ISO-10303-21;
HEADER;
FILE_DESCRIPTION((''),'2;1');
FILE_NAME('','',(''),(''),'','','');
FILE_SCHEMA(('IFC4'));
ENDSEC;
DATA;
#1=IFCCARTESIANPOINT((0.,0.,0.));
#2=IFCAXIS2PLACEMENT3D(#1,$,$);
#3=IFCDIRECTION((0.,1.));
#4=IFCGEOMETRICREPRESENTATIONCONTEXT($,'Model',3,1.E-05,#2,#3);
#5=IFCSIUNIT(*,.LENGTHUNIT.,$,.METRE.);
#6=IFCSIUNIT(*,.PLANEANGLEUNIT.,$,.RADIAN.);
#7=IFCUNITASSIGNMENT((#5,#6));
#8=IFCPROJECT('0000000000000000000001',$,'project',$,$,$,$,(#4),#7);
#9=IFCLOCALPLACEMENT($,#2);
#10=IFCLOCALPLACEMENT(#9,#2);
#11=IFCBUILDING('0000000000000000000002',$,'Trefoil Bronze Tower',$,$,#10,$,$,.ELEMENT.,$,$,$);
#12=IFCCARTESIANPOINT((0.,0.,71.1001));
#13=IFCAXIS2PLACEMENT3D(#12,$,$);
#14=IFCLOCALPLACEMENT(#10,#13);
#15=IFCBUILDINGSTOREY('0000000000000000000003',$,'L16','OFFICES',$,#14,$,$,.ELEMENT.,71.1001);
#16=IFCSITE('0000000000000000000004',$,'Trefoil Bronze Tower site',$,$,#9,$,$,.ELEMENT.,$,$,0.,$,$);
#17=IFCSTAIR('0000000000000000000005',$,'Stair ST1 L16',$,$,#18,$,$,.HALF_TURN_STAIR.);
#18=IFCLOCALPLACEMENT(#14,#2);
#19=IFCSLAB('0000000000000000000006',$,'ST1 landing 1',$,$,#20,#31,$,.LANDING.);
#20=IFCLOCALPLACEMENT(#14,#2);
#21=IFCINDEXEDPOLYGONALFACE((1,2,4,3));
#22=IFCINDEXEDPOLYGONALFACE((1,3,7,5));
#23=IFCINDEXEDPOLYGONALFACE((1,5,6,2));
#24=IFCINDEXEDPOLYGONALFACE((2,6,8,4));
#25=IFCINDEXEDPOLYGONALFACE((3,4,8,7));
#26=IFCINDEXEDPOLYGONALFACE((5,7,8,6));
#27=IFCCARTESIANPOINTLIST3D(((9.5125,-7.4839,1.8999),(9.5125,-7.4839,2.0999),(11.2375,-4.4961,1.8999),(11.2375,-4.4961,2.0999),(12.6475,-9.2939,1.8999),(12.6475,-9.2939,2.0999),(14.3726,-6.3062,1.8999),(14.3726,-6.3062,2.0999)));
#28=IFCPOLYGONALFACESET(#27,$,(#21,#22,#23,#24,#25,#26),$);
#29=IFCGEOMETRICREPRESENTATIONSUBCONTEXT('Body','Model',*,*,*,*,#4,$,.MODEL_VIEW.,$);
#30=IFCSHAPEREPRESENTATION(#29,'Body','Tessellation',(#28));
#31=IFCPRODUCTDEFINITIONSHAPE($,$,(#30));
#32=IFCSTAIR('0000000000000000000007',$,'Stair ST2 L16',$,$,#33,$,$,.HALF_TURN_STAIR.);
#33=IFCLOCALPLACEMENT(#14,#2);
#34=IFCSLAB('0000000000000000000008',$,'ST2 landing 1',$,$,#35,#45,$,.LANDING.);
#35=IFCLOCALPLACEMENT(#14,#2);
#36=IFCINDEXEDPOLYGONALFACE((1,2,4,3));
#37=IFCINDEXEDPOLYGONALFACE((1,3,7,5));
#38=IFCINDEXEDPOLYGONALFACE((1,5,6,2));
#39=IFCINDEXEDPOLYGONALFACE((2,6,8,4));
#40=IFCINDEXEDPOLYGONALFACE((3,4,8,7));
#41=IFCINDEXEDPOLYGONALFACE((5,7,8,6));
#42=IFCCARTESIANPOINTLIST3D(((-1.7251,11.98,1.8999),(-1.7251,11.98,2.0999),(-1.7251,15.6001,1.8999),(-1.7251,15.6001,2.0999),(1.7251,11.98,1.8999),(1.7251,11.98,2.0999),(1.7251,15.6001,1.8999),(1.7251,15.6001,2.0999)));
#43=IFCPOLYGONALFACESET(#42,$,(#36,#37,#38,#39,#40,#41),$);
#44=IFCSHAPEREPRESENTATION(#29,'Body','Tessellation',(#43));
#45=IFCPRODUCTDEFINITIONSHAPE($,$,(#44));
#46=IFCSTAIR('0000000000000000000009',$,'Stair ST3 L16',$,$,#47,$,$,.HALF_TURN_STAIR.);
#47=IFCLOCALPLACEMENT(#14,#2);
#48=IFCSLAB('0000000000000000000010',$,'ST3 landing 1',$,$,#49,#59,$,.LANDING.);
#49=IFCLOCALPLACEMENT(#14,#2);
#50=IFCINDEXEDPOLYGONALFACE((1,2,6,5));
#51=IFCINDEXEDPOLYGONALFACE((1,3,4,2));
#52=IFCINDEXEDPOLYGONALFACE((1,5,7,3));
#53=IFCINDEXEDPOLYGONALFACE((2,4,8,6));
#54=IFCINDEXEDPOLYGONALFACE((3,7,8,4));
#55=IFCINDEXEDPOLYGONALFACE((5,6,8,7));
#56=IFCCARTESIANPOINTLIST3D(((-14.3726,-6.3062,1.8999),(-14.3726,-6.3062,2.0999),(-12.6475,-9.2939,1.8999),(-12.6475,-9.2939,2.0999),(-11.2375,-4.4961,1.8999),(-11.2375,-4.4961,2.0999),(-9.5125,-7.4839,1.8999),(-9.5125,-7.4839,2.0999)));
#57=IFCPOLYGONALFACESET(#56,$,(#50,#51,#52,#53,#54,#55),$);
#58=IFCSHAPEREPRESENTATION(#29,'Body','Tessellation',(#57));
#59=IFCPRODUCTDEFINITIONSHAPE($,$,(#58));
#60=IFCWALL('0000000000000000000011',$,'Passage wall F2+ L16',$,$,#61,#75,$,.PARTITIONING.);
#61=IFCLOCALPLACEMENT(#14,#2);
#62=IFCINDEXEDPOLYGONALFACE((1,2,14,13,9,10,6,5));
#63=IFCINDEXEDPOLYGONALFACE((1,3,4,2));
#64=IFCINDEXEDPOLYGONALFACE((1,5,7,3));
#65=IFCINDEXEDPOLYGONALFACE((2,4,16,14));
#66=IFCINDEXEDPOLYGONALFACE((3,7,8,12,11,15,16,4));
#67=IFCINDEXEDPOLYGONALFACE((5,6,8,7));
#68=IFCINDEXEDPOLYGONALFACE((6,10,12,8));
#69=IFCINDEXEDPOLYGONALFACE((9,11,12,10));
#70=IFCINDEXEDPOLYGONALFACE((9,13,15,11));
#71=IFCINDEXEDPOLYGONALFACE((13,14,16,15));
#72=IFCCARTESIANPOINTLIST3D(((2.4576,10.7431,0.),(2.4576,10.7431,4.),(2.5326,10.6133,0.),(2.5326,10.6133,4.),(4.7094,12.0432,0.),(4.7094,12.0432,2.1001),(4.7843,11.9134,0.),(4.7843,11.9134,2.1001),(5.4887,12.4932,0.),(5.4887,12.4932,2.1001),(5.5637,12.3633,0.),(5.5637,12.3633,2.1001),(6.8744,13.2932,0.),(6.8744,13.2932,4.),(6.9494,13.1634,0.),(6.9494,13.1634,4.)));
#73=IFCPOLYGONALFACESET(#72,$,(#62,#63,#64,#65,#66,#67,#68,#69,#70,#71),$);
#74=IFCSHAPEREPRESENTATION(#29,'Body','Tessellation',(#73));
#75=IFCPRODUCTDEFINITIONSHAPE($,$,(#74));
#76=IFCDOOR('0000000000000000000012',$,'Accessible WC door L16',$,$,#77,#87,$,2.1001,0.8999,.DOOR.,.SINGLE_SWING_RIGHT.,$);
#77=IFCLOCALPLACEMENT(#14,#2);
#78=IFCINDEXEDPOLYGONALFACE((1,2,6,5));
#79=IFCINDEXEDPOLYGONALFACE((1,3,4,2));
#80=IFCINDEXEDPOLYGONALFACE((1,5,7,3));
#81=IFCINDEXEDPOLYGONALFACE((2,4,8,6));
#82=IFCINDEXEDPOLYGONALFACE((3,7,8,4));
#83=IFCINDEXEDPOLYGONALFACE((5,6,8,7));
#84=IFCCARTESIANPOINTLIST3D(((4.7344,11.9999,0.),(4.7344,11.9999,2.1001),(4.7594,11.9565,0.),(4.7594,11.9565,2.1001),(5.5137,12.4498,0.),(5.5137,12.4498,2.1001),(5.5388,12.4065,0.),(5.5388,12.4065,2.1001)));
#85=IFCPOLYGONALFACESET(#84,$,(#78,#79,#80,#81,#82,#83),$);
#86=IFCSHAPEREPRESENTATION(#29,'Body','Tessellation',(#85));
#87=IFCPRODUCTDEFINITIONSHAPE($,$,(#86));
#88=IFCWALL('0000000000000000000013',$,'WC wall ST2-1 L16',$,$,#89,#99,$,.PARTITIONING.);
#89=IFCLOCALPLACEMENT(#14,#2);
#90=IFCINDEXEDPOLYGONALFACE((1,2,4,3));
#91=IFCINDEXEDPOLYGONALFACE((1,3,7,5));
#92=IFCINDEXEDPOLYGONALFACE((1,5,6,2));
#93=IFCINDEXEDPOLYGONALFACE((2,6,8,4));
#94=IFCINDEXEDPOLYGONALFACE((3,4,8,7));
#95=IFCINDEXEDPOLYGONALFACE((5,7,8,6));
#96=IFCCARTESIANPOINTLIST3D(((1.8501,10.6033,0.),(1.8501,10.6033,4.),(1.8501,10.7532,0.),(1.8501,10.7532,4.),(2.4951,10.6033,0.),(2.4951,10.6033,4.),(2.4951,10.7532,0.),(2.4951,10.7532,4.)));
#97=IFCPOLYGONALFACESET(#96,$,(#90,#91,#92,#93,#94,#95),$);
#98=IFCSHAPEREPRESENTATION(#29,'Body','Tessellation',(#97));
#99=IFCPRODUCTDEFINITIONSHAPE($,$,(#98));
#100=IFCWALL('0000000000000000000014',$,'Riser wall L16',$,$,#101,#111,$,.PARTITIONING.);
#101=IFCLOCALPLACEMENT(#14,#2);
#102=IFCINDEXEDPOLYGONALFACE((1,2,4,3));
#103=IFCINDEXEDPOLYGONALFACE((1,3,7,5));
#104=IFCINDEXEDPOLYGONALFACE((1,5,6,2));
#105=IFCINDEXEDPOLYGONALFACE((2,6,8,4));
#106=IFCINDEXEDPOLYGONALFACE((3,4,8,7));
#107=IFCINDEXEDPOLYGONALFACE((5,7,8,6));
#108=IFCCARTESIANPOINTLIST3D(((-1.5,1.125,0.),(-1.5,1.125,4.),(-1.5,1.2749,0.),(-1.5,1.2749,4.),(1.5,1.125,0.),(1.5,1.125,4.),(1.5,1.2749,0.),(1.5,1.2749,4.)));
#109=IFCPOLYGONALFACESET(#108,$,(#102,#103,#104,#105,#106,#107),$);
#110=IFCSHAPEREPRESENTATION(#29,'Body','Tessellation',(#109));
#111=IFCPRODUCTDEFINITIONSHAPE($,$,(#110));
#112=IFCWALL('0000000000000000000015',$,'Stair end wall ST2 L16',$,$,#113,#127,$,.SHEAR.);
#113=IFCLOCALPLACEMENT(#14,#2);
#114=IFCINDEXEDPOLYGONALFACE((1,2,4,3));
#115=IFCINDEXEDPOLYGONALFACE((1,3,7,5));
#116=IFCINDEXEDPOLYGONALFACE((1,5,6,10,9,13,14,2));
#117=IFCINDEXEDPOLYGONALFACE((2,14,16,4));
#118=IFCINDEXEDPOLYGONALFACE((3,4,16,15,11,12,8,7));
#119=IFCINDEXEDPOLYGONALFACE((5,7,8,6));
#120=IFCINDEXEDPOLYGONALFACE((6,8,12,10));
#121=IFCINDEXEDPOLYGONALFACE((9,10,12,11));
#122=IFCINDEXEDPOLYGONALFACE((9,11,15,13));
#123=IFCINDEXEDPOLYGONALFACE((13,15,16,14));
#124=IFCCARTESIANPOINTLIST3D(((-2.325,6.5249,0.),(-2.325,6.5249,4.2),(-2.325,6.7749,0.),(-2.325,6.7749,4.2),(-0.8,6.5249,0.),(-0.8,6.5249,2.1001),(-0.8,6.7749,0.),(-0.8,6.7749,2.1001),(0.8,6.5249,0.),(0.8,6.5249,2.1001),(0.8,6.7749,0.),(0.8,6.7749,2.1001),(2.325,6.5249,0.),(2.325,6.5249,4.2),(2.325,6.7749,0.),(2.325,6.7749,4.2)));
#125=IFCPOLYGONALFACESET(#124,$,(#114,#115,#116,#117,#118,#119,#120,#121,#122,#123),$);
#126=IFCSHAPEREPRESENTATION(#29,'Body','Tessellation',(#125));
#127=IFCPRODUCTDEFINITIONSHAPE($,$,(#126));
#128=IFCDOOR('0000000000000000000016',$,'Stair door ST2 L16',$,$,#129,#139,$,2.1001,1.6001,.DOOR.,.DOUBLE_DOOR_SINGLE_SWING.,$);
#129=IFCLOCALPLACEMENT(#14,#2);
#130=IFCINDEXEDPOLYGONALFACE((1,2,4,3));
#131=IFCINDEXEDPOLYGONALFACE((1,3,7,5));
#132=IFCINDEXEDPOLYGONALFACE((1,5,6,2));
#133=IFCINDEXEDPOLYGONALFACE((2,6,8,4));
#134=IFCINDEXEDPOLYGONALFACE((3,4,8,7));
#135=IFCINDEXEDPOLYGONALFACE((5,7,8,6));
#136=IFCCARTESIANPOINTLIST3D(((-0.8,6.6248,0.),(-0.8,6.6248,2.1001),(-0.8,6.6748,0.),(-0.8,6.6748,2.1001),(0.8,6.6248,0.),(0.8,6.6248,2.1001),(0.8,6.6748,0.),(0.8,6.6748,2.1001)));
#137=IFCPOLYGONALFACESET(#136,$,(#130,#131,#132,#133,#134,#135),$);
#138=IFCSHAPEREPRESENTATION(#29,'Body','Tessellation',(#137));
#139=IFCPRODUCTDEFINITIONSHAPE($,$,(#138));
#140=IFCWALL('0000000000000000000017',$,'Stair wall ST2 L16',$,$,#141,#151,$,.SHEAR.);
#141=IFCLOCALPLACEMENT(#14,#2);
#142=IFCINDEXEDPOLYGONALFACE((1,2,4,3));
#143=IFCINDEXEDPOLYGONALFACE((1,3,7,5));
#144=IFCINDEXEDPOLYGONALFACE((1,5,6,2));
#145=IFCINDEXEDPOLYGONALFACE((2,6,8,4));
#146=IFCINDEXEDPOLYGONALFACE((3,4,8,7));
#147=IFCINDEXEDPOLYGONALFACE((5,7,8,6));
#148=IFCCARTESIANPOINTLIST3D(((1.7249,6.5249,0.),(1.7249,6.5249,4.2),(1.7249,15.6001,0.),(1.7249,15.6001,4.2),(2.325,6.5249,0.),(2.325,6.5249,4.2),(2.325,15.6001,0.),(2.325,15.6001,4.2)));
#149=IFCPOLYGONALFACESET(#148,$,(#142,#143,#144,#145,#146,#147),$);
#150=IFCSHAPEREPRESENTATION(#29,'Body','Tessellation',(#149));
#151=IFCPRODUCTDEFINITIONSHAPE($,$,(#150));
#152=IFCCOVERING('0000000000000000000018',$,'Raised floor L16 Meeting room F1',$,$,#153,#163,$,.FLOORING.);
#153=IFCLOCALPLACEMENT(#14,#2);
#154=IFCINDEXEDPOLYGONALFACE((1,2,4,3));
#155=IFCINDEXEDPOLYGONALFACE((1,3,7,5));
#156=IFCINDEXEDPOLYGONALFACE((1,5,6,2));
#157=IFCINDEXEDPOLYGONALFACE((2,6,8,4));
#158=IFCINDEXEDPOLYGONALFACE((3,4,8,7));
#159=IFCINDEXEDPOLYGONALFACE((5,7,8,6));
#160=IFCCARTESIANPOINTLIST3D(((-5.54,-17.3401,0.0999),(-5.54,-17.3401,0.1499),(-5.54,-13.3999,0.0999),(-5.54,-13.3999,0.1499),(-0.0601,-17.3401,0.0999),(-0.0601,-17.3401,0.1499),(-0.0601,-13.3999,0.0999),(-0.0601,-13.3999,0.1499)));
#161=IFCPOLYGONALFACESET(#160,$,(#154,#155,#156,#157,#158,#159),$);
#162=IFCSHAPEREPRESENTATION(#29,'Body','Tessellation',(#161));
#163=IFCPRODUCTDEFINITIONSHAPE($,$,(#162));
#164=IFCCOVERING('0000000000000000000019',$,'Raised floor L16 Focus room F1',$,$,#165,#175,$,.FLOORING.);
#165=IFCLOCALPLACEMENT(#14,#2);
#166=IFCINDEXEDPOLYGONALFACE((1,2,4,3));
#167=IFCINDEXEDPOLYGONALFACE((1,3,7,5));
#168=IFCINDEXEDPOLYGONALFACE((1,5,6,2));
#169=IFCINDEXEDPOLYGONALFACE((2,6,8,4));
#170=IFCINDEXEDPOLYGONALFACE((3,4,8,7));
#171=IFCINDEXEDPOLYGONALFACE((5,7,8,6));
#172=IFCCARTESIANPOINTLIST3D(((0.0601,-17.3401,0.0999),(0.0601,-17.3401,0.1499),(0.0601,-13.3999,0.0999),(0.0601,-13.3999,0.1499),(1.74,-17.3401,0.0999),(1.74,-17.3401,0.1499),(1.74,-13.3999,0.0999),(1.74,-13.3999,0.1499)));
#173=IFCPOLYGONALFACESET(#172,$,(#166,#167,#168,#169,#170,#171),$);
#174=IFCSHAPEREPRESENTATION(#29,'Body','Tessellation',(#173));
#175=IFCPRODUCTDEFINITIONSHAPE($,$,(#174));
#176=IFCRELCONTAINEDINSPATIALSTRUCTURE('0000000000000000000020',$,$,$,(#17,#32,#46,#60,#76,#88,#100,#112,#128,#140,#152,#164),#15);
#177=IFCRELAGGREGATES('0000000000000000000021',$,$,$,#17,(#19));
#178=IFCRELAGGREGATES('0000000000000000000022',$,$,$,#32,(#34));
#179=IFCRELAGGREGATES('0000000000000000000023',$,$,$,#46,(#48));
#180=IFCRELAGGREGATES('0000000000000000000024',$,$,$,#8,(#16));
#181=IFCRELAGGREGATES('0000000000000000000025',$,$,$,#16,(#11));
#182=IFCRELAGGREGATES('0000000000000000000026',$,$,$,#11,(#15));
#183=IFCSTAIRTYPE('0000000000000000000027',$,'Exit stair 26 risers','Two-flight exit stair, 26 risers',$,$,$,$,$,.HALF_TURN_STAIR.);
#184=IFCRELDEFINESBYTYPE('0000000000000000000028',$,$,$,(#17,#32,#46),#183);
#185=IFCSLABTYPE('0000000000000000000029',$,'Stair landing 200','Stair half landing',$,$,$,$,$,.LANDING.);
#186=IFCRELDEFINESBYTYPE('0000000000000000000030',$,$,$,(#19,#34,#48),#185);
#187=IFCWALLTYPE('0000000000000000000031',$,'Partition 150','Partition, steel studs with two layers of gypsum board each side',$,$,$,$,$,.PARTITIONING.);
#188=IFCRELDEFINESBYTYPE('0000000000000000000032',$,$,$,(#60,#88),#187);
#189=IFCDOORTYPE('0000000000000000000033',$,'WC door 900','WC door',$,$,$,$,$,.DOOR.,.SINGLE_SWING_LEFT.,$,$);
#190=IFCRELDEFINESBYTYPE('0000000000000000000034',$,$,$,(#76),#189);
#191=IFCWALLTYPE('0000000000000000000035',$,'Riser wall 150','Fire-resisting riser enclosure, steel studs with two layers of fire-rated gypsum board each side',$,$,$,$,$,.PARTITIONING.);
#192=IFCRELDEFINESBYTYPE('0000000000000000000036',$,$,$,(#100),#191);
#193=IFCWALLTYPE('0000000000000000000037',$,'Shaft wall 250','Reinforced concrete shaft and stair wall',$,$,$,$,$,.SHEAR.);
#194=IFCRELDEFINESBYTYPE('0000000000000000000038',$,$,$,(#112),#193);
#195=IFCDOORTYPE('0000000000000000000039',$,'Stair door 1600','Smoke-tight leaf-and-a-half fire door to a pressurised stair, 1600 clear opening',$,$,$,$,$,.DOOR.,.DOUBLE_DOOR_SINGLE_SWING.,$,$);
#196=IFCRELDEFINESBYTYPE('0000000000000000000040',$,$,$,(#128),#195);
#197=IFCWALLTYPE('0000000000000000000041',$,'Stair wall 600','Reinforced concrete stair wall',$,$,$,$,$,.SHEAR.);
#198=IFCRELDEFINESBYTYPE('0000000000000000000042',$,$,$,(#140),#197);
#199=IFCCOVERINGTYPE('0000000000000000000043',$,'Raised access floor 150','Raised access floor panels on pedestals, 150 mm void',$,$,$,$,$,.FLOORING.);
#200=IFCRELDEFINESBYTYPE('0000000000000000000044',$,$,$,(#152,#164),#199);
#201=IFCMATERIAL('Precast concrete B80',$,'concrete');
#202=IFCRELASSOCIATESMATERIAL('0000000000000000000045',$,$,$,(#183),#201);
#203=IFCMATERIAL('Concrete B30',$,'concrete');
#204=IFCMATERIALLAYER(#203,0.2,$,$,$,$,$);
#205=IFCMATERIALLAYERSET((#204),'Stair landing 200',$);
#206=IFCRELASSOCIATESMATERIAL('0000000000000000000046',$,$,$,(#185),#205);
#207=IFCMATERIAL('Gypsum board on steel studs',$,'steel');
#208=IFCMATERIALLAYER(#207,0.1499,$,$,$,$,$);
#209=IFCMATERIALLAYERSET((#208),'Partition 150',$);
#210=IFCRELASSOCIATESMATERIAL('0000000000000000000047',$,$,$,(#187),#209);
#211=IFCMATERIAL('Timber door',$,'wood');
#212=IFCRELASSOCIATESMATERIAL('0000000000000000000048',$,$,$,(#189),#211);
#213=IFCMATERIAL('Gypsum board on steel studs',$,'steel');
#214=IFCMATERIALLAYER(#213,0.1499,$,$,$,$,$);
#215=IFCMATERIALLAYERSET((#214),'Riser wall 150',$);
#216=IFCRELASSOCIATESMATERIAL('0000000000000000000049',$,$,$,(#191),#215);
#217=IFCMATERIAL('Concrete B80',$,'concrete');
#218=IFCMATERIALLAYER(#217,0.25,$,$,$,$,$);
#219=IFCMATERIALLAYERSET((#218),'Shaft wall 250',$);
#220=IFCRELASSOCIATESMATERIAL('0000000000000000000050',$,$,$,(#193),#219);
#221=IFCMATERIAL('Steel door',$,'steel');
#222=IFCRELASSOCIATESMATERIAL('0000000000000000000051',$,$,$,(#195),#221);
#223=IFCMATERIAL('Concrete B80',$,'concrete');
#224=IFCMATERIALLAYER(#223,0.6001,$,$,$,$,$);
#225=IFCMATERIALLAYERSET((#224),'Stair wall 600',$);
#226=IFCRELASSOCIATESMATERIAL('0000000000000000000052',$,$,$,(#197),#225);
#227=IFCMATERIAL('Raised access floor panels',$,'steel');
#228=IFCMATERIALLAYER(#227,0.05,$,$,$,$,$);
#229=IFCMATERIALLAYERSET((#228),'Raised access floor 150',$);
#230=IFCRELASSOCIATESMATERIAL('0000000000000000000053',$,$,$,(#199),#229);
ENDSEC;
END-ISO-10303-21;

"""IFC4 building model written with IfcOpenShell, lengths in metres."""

from ifc_helpers import new_model, si_unit, direction, frame, frame_2d, origin, place, context, subcontext, project, spatial, polyline, rectangle, outline, extrude, material, layer, layer_set, type_object, element, fill, aggregate, save


model = new_model("IFC4")

# Units and contexts
model_context = context("Model", 3, precision=1e-05, world=origin(), true_north=direction((0.0, 1.0)))
body_context = subcontext(model_context, "Body", "Model", "MODEL_VIEW")
ifc_project = project(units=[si_unit("LENGTHUNIT", "METRE"), si_unit("PLANEANGLEUNIT", "RADIAN")], contexts=[model_context])

# Site, building, storey
site_placement = place(None, origin())
site = spatial("IfcSite", under=ifc_project, at=site_placement, Name="Trefoil Bronze Tower site", CompositionType="ELEMENT", RefElevation=0.0)
building_placement = place(site_placement, origin())
building = spatial("IfcBuilding", under=site, at=building_placement, Name="Trefoil Bronze Tower", CompositionType="ELEMENT")
storey_placement = place(building_placement, frame((0.0, 0.0, 71.1001)))
storey = spatial("IfcBuildingStorey", under=building, at=storey_placement, Name="L16", Description="OFFICES", CompositionType="ELEMENT", Elevation=71.1001)

# Stairs, slabs
ifc_material_1 = material(Name="Precast concrete B80", Category="concrete")
stair_type = type_object("IfcStairType", Name="Exit stair 26 risers", Description="Two-flight exit stair, 26 risers", PredefinedType="HALF_TURN_STAIR", material=ifc_material_1)
stair_1_placement = place(storey_placement, origin())
stair_1 = element("IfcStair", 1, at=stair_1_placement, inside=storey, type_object=stair_type, Name="Stair ST1 L16", PredefinedType="HALF_TURN_STAIR")
ifc_material_2 = material(Name="Concrete B30", Category="concrete")
ifc_layer_1 = layer(ifc_material_2, 0.2)
ifc_layer_set_1 = layer_set([ifc_layer_1], Name="Stair landing 200")
slab_type = type_object("IfcSlabType", Name="Stair landing 200", Description="Stair half landing", PredefinedType="LANDING", material=ifc_layer_set_1)
slab_1_placement = place(storey_placement, frame((0.0, 0.0, 1.8999)))
slab_1 = element("IfcSlab", 2, at=slab_1_placement, type_object=slab_type, Name="ST1 landing 1", PredefinedType="LANDING", context=body_context, shape_type="SweptSolid", body=[
    extrude(outline(polyline([(9.5125, -7.4839), (12.6475, -9.2939), (14.3726, -6.3062), (11.2375, -4.4961), (9.5125, -7.4839)])), origin(), (0.0, 0.0, 1.0), 0.2),
])
aggregate(stair_1, [slab_1])
stair_2_placement = place(storey_placement, origin())
stair_2 = element("IfcStair", 3, at=stair_2_placement, inside=storey, type_object=stair_type, Name="Stair ST2 L16", PredefinedType="HALF_TURN_STAIR")
slab_2_placement = place(storey_placement, frame((0.0, 0.0, 1.8999)))
slab_2 = element("IfcSlab", 4, at=slab_2_placement, type_object=slab_type, Name="ST2 landing 1", PredefinedType="LANDING", context=body_context, shape_type="SweptSolid", body=[
    extrude(outline(polyline([(1.7251, 11.98), (1.7251, 15.6001), (-1.7251, 15.6001), (-1.7251, 11.98), (1.7251, 11.98)])), origin(), (0.0, 0.0, 1.0), 0.2),
])
aggregate(stair_2, [slab_2])
stair_3_placement = place(storey_placement, origin())
stair_3 = element("IfcStair", 5, at=stair_3_placement, inside=storey, type_object=stair_type, Name="Stair ST3 L16", PredefinedType="HALF_TURN_STAIR")
slab_3_placement = place(storey_placement, frame((0.0, 0.0, 1.8999)))
slab_3 = element("IfcSlab", 6, at=slab_3_placement, type_object=slab_type, Name="ST3 landing 1", PredefinedType="LANDING", context=body_context, shape_type="SweptSolid", body=[
    extrude(outline(polyline([(-11.2375, -4.4961), (-14.3726, -6.3062), (-12.6475, -9.2939), (-9.5125, -7.4839), (-11.2375, -4.4961)])), origin(), (0.0, 0.0, 1.0), 0.2),
])
aggregate(stair_3, [slab_3])

# Wall, opening, door
ifc_material_3 = material(Name="Gypsum board on steel studs", Category="steel")
ifc_layer_2 = layer(ifc_material_3, 0.1499)
ifc_layer_set_2 = layer_set([ifc_layer_2], Name="Partition 150")
wall_type_1 = type_object("IfcWallType", Name="Partition 150", Description="Partition, steel studs with two layers of gypsum board each side", PredefinedType="PARTITIONING", material=ifc_layer_set_2)
wall_1_placement = place(storey_placement, frame((2.4951, 10.6782, 0.0), z_axis=(0.0, 0.0, 1.0), x_axis=(0.866022, 0.500006, 0.0)))
wall_1 = element("IfcWall", 7, at=wall_1_placement, inside=storey, type_object=wall_type_1, Name="Passage wall F2+ L16", PredefinedType="PARTITIONING", context=body_context, shape_type="SweptSolid", body=[
    extrude(rectangle(XDim=5.1001, YDim=0.1499, at=frame_2d((2.55, 0.0))), origin(), (0.0, 0.0, 1.0), 4.0),
])
opening_1_placement = place(wall_1_placement, frame((2.6001, 0.0, 0.0)))
opening_1 = element("IfcOpeningElement", 8, at=opening_1_placement, cuts=wall_1, PredefinedType="OPENING", context=body_context, shape_type="SweptSolid", body=[
    extrude(rectangle(XDim=0.8999, YDim=2.1001, at=frame_2d((0.45, 1.05))), frame((0.0, 0.085, 0.0), z_axis=(0.0, -1.0, 0.0), x_axis=(1.0, 0.0, 0.0)), (0.0, 0.0, 1.0), 0.1699),
])
ifc_material_4 = material(Name="Timber door", Category="wood")
door_type_1 = type_object("IfcDoorType", Name="WC door 900", Description="WC door", OperationType="SINGLE_SWING_LEFT", PredefinedType="DOOR", material=ifc_material_4)
door_1_placement = place(opening_1_placement, origin())
door_1 = element("IfcDoor", 9, at=door_1_placement, inside=storey, type_object=door_type_1, Name="Accessible WC door L16", OperationType="SINGLE_SWING_RIGHT", OverallHeight=2.1001, OverallWidth=0.8999, PredefinedType="DOOR", context=body_context, shape_type="SweptSolid", body=[
    extrude(rectangle(XDim=0.8999, YDim=2.1001, at=frame_2d((0.45, 1.05))), frame((0.0, 0.0249, 0.0), z_axis=(0.0, -1.0, 0.0), x_axis=(1.0, 0.0, 0.0)), (0.0, 0.0, 1.0), 0.05),
])
fill(opening_1, door_1)

# Walls
wall_2_placement = place(storey_placement, frame((2.4951, 10.6782, 0.0), z_axis=(0.0, 0.0, 1.0), x_axis=(-1.0, 0.0, 0.0)))
element("IfcWall", 10, at=wall_2_placement, inside=storey, type_object=wall_type_1, Name="WC wall ST2-1 L16", PredefinedType="PARTITIONING", context=body_context, shape_type="SweptSolid", body=[
    extrude(rectangle(XDim=0.645, YDim=0.1499, at=frame_2d((0.3225, 0.0))), origin(), (0.0, 0.0, 1.0), 4.0),
])
ifc_material_5 = material(Name="Gypsum board on steel studs", Category="steel")
ifc_layer_3 = layer(ifc_material_5, 0.1499)
ifc_layer_set_3 = layer_set([ifc_layer_3], Name="Riser wall 150")
wall_type_2 = type_object("IfcWallType", Name="Riser wall 150", Description="Fire-resisting riser enclosure, steel studs with two layers of fire-rated gypsum board each side", PredefinedType="PARTITIONING", material=ifc_layer_set_3)
wall_3_placement = place(storey_placement, frame((1.5, 1.2, 0.0), z_axis=(0.0, 0.0, 1.0), x_axis=(-1.0, 0.0, 0.0)))
element("IfcWall", 11, at=wall_3_placement, inside=storey, type_object=wall_type_2, Name="Riser wall L16", PredefinedType="PARTITIONING", context=body_context, shape_type="SweptSolid", body=[
    extrude(rectangle(XDim=3.0, YDim=0.1499, at=frame_2d((1.5, 0.0))), origin(), (0.0, 0.0, 1.0), 4.0),
])

# Wall, opening, door
ifc_material_6 = material(Name="Concrete B80", Category="concrete")
ifc_layer_4 = layer(ifc_material_6, 0.25)
ifc_layer_set_4 = layer_set([ifc_layer_4], Name="Shaft wall 250")
wall_type_3 = type_object("IfcWallType", Name="Shaft wall 250", Description="Reinforced concrete shaft and stair wall", PredefinedType="SHEAR", material=ifc_layer_set_4)
wall_4_placement = place(storey_placement, frame((2.325, 6.6499, 0.0), z_axis=(0.0, 0.0, 1.0), x_axis=(-1.0, 0.0, 0.0)))
wall_4 = element("IfcWall", 12, at=wall_4_placement, inside=storey, type_object=wall_type_3, Name="Stair end wall ST2 L16", PredefinedType="SHEAR", context=body_context, shape_type="SweptSolid", body=[
    extrude(rectangle(XDim=4.6499, YDim=0.25, at=frame_2d((2.325, 0.0))), origin(), (0.0, 0.0, 1.0), 4.2),
])
opening_2_placement = place(wall_4_placement, frame((1.5249, 0.0, 0.0)))
opening_2 = element("IfcOpeningElement", 13, at=opening_2_placement, cuts=wall_4, PredefinedType="OPENING", context=body_context, shape_type="SweptSolid", body=[
    extrude(rectangle(XDim=1.6001, YDim=2.1001, at=frame_2d((0.8, 1.05))), frame((0.0, 0.135, 0.0), z_axis=(0.0, -1.0, 0.0), x_axis=(1.0, 0.0, 0.0)), (0.0, 0.0, 1.0), 0.27),
])
ifc_material_7 = material(Name="Steel door", Category="steel")
door_type_2 = type_object("IfcDoorType", Name="Stair door 1600", Description="Smoke-tight leaf-and-a-half fire door to a pressurised stair, 1600 clear opening", OperationType="DOUBLE_DOOR_SINGLE_SWING", PredefinedType="DOOR", material=ifc_material_7)
door_2_placement = place(opening_2_placement, frame((1.6001, 0.0, 0.0), z_axis=(0.0, 0.0, 1.0), x_axis=(-1.0, 0.0, 0.0)))
door_2 = element("IfcDoor", 14, at=door_2_placement, inside=storey, type_object=door_type_2, Name="Stair door ST2 L16", OperationType="DOUBLE_DOOR_SINGLE_SWING", OverallHeight=2.1001, OverallWidth=1.6001, PredefinedType="DOOR", context=body_context, shape_type="SweptSolid", body=[
    extrude(rectangle(XDim=1.6001, YDim=2.1001, at=frame_2d((0.8, 1.05))), frame((0.0, 0.0249, 0.0), z_axis=(0.0, -1.0, 0.0), x_axis=(1.0, 0.0, 0.0)), (0.0, 0.0, 1.0), 0.05),
])
fill(opening_2, door_2)

# Wall
ifc_material_8 = material(Name="Concrete B80", Category="concrete")
ifc_layer_5 = layer(ifc_material_8, 0.6001)
ifc_layer_set_5 = layer_set([ifc_layer_5], Name="Stair wall 600")
wall_type_4 = type_object("IfcWallType", Name="Stair wall 600", Description="Reinforced concrete stair wall", PredefinedType="SHEAR", material=ifc_layer_set_5)
wall_5_placement = place(storey_placement, frame((2.0249, 6.5249, 0.0), z_axis=(0.0, 0.0, 1.0), x_axis=(0.0, 1.0, 0.0)))
element("IfcWall", 15, at=wall_5_placement, inside=storey, type_object=wall_type_4, Name="Stair wall ST2 L16", PredefinedType="SHEAR", context=body_context, shape_type="SweptSolid", body=[
    extrude(rectangle(XDim=9.0752, YDim=0.6001, at=frame_2d((4.5376, 0.0))), origin(), (0.0, 0.0, 1.0), 4.2),
])

# Coverings
ifc_material_9 = material(Name="Raised access floor panels", Category="steel")
ifc_layer_6 = layer(ifc_material_9, 0.05)
ifc_layer_set_6 = layer_set([ifc_layer_6], Name="Raised access floor 150")
covering_type_1 = type_object("IfcCoveringType", Name="Raised access floor 150", Description="Raised access floor panels on pedestals, 150 mm void", PredefinedType="FLOORING", material=ifc_layer_set_6)
covering_1_placement = place(storey_placement, frame((0.0, 0.0, 0.0999)))
element("IfcCovering", 16, at=covering_1_placement, inside=storey, type_object=covering_type_1, Name="Raised floor L16 Meeting room F1", PredefinedType="FLOORING", context=body_context, shape_type="SweptSolid", body=[
    extrude(outline(polyline([(-0.0601, -13.3999), (-0.0601, -17.3401), (-5.54, -17.3401), (-5.54, -13.3999), (-0.0601, -13.3999)])), origin(), (0.0, 0.0, 1.0), 0.05),
])
covering_2_placement = place(storey_placement, frame((0.0, 0.0, 0.0999)))
element("IfcCovering", 17, at=covering_2_placement, inside=storey, type_object=covering_type_1, Name="Raised floor L16 Focus room F1", PredefinedType="FLOORING", context=body_context, shape_type="SweptSolid", body=[
    extrude(outline(polyline([(1.74, -13.3999), (1.74, -17.3401), (0.0601, -17.3401), (0.0601, -13.3999), (1.74, -13.3999)])), origin(), (0.0, 0.0, 1.0), 0.05),
])

save(model, "model.ifc")
